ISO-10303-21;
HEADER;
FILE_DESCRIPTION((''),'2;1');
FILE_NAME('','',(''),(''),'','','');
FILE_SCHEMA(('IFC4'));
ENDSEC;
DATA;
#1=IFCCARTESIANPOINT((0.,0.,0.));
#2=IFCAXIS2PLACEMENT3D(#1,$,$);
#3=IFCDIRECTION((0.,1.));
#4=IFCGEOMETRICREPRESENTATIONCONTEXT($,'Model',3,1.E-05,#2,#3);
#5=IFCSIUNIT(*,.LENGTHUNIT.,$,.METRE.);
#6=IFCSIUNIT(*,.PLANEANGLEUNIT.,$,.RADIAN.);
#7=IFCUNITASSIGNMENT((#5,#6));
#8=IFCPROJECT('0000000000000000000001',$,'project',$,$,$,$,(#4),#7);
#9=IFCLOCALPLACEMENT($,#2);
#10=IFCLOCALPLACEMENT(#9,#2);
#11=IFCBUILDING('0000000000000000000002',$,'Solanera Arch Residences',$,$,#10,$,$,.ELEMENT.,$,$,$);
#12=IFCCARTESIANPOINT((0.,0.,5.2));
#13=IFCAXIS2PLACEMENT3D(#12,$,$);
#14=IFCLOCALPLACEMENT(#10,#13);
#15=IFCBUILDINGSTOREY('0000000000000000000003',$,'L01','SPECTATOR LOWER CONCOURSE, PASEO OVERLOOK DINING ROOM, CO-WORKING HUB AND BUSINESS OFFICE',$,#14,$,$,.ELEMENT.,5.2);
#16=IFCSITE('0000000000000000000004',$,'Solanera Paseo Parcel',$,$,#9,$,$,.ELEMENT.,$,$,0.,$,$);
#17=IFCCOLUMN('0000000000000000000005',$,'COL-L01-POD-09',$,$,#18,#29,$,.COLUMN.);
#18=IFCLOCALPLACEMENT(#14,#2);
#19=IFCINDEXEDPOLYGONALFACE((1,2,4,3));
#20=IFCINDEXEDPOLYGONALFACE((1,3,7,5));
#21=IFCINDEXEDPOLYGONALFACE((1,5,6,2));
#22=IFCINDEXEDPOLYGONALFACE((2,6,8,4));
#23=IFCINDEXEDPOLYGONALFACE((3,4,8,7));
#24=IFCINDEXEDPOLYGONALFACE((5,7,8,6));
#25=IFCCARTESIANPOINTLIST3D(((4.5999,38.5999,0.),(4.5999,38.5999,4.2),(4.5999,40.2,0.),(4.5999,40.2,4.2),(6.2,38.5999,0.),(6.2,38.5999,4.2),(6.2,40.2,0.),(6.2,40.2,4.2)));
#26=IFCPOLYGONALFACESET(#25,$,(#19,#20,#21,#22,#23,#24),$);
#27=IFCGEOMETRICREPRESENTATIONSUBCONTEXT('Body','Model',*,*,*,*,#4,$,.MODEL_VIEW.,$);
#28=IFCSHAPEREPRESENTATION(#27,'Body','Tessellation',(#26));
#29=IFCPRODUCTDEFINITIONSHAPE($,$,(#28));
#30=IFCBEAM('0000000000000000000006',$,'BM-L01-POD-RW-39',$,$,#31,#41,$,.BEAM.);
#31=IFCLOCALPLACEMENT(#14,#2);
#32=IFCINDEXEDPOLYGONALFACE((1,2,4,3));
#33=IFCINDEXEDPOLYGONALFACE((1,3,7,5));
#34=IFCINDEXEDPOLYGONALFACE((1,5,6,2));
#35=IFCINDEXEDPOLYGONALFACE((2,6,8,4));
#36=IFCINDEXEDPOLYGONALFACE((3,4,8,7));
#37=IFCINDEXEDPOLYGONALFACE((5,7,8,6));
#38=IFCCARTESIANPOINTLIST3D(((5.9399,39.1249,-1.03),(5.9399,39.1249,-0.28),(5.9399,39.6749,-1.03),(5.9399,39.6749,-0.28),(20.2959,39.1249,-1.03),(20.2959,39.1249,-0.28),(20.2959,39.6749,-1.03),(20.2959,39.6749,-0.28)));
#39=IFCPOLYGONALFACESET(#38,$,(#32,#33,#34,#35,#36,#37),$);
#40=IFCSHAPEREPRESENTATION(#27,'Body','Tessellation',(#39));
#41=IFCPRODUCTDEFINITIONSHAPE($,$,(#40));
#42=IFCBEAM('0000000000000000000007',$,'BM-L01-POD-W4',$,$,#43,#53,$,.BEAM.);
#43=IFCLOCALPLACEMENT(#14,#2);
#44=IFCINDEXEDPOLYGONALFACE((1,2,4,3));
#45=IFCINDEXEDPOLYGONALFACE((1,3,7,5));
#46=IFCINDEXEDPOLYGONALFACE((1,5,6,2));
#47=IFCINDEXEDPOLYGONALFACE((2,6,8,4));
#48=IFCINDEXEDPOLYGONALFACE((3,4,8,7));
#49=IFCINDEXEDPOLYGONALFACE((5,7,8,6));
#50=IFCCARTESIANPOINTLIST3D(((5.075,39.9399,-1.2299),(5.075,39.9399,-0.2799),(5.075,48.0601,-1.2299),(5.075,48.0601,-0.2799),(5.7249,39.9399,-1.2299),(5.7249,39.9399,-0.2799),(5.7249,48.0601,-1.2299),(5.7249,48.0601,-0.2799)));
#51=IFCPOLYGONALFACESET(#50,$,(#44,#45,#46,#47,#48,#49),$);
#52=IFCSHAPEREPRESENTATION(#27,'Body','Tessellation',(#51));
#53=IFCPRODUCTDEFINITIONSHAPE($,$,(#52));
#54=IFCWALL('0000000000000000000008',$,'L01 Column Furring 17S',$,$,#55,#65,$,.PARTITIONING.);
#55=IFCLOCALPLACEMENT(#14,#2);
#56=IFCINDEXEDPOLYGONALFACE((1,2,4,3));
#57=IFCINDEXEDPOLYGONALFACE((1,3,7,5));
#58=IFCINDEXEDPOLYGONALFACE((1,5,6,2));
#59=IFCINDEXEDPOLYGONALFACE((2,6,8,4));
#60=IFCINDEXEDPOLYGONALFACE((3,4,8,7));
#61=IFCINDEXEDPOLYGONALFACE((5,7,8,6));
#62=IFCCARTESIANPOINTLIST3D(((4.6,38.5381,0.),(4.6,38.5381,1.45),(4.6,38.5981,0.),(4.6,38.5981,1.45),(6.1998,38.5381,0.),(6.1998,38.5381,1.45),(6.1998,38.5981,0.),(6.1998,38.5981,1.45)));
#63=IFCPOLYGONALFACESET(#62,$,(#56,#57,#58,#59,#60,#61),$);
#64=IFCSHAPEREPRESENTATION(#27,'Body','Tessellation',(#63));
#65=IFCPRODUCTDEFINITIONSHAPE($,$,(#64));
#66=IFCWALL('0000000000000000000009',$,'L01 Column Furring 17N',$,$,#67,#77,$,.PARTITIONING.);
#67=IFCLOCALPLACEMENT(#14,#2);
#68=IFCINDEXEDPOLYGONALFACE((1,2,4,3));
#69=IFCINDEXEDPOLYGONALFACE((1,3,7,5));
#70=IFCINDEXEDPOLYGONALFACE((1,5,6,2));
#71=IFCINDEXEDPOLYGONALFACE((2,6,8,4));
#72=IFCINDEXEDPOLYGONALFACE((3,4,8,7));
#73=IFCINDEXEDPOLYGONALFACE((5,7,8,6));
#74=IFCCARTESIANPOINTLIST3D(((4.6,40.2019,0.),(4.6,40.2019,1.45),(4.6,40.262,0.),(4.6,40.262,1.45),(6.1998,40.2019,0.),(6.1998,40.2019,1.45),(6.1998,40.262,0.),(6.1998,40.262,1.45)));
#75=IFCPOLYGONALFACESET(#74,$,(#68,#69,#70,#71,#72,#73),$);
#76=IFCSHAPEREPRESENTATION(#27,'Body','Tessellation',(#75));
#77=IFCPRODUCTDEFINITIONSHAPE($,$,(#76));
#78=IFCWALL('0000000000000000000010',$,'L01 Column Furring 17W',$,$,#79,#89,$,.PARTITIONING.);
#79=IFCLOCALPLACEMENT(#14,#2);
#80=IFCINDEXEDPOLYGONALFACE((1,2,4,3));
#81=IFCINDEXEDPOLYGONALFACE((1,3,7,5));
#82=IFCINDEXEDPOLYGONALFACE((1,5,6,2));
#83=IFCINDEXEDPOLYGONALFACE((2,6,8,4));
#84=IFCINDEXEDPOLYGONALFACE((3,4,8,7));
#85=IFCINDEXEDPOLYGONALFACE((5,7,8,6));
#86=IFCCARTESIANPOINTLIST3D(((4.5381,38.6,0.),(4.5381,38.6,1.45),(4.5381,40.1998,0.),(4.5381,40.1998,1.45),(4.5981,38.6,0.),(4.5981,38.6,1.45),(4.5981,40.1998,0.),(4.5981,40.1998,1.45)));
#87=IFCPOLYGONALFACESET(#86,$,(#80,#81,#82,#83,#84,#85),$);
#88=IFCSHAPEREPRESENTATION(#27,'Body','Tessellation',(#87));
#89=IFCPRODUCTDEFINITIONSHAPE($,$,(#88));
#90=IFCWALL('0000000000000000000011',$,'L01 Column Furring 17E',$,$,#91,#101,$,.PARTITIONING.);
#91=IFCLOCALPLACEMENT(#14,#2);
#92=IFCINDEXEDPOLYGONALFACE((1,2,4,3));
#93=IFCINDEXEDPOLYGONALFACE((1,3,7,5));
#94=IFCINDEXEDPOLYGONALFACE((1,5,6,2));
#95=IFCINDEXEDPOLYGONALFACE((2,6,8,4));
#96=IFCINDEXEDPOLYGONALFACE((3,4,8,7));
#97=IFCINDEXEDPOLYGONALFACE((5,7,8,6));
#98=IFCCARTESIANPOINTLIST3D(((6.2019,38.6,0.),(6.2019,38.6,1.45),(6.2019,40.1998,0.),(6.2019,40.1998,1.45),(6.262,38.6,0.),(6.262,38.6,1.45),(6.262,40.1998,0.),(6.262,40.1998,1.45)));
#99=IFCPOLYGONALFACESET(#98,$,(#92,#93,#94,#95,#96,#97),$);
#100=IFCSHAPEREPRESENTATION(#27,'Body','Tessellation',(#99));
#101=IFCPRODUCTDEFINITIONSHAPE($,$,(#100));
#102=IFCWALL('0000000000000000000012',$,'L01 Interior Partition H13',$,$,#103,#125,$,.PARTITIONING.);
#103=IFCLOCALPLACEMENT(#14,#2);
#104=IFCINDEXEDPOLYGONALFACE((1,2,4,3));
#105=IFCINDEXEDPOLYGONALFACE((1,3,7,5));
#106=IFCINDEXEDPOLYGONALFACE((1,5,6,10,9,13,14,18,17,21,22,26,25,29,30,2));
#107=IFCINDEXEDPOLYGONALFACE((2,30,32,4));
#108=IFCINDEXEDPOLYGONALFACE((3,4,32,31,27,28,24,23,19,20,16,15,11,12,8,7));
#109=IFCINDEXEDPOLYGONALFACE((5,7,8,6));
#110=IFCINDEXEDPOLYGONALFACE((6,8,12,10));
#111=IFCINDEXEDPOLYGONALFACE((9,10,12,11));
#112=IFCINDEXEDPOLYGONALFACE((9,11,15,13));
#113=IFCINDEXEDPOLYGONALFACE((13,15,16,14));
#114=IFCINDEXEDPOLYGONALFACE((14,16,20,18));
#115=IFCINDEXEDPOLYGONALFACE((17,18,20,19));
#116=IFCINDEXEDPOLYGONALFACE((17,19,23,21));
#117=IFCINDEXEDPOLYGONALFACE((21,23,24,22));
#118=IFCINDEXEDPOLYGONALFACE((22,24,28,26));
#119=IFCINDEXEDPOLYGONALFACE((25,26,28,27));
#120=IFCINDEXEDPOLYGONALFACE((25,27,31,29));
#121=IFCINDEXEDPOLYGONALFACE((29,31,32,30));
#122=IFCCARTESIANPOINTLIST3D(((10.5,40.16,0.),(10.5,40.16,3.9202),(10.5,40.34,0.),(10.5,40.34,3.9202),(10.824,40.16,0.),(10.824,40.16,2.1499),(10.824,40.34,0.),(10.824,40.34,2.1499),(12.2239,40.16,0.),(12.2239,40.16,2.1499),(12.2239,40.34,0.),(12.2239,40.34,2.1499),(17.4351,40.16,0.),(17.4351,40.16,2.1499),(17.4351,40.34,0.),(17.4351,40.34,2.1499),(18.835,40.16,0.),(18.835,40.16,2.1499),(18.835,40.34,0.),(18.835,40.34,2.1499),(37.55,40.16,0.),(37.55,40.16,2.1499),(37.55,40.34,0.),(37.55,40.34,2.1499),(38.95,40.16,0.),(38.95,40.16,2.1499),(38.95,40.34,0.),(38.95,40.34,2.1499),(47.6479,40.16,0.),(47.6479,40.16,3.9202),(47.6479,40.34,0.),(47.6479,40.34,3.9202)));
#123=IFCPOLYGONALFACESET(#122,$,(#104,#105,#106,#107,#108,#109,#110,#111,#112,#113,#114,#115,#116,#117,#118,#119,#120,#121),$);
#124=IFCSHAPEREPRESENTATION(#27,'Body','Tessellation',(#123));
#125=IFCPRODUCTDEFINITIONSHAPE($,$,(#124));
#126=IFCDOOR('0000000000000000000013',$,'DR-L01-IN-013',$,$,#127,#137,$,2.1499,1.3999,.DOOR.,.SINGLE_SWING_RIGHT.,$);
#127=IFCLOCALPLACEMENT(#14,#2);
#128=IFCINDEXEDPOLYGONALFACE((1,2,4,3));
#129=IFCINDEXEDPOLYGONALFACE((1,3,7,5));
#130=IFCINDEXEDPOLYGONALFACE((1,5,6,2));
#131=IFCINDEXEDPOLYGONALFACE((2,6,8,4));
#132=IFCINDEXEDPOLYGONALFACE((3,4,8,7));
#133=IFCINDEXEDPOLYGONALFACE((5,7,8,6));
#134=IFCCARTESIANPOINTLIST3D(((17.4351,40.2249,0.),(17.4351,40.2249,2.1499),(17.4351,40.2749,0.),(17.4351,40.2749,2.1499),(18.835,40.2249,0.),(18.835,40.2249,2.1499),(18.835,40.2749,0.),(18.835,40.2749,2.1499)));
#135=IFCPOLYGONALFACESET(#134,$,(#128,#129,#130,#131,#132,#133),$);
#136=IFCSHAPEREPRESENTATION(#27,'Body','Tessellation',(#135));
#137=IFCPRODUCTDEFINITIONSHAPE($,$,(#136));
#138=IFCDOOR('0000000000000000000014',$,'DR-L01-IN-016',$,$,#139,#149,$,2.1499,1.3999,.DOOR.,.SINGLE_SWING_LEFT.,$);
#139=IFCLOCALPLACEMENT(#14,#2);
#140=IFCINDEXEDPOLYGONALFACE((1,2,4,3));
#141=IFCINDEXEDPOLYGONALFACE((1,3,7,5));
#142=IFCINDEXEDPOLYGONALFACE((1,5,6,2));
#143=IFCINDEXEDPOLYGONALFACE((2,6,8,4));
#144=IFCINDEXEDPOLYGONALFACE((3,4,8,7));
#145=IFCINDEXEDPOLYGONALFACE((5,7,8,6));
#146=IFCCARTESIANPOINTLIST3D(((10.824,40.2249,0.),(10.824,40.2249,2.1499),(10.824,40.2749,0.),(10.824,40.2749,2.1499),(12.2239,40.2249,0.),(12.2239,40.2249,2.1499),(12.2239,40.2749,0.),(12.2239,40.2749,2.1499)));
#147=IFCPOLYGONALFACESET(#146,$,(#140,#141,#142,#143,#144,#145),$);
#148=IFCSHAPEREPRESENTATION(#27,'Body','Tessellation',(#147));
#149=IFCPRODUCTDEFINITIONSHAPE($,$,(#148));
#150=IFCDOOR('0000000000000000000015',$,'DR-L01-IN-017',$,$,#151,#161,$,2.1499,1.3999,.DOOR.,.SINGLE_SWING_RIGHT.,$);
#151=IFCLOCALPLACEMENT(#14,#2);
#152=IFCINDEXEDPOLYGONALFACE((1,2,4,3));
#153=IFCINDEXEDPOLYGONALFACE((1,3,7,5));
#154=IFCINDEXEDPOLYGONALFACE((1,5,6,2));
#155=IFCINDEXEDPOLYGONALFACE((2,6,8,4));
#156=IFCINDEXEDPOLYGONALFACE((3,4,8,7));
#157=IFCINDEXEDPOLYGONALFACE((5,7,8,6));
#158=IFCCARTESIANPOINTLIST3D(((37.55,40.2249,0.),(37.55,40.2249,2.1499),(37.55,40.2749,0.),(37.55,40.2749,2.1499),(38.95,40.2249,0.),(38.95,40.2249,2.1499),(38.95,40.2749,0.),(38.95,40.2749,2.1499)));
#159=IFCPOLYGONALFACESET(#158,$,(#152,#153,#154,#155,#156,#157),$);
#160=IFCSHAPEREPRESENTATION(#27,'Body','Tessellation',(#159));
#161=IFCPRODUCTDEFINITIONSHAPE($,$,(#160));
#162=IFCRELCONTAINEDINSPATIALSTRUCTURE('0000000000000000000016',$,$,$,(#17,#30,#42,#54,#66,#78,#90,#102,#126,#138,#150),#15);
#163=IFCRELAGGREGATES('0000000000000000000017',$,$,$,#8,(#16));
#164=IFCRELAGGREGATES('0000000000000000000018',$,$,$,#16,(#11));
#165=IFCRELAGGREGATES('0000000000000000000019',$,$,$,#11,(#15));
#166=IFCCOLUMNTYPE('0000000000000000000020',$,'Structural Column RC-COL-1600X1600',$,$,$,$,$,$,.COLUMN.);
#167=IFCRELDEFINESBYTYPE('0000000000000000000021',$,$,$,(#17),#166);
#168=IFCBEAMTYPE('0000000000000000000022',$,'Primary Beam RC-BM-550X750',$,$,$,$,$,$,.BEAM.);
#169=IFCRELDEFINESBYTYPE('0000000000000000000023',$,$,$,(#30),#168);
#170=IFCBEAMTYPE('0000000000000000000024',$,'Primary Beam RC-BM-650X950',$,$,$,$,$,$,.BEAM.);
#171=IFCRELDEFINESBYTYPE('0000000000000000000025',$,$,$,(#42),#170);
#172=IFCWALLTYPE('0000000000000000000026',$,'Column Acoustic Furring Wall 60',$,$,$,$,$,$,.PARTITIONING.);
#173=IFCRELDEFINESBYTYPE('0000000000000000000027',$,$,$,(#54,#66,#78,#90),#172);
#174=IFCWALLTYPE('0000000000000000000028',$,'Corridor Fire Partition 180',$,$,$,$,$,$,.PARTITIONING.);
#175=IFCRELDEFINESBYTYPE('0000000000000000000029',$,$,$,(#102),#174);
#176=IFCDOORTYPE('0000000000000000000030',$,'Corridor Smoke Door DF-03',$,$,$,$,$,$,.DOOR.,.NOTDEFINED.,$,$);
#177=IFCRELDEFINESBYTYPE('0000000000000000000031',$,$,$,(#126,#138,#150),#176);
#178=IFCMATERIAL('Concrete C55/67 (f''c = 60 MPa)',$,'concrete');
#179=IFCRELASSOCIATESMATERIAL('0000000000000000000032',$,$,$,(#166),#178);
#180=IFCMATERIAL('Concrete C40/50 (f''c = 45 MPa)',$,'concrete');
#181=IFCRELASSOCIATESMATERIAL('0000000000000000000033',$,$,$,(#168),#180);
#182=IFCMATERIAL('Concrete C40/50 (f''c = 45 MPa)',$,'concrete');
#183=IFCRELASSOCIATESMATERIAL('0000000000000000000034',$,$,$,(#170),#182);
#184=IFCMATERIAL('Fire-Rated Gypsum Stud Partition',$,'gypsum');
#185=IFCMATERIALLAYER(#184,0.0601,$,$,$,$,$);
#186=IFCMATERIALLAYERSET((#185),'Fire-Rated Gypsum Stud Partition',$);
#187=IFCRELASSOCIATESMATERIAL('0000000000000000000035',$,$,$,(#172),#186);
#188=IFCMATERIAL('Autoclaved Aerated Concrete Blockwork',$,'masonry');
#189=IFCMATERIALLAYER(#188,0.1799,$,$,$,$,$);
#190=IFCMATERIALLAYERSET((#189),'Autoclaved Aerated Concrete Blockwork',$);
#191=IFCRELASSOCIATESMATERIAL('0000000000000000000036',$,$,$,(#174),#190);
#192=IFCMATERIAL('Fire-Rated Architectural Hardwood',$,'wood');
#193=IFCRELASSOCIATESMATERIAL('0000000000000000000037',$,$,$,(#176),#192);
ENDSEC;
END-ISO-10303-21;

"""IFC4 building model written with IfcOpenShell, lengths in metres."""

from ifc_helpers import new_model, si_unit, direction, frame, frame_2d, origin, origin_2d, place, context, subcontext, project, spatial, rectangle, extrude, material, layer, layer_set, material_profile, profile_set, type_object, element, fill, save


model = new_model("IFC4")

# Units and contexts
model_context = context("Model", 3, precision=1e-05, world=origin(), true_north=direction((0.0, 1.0)))
body_context = subcontext(model_context, "Body", "Model", "MODEL_VIEW")
ifc_project = project(units=[si_unit("LENGTHUNIT", "METRE"), si_unit("PLANEANGLEUNIT", "RADIAN")], contexts=[model_context])

# Site, building, storey
site_placement = place(None, origin())
site = spatial("IfcSite", under=ifc_project, at=site_placement, Name="Solanera Paseo Parcel", CompositionType="ELEMENT", RefElevation=0.0)
building_placement = place(site_placement, origin())
building = spatial("IfcBuilding", under=site, at=building_placement, Name="Solanera Arch Residences", CompositionType="ELEMENT")
storey_placement = place(building_placement, frame((0.0, 0.0, 5.2)))
storey = spatial("IfcBuildingStorey", under=building, at=storey_placement, Name="L01", Description="SPECTATOR LOWER CONCOURSE, PASEO OVERLOOK DINING ROOM, CO-WORKING HUB AND BUSINESS OFFICE", CompositionType="ELEMENT", Elevation=5.2)

# Column
ifc_material_1 = material(Name="Concrete C55/67 (f'c = 60 MPa)", Category="concrete")
ifc_material_profile_1 = material_profile(ifc_material_1, rectangle(XDim=1.6001, YDim=1.6001, at=origin_2d()))
ifc_profile_set_1 = profile_set([ifc_material_profile_1], Name="Concrete C55/67 (f'c = 60 MPa)")
column_type = type_object("IfcColumnType", Name="Structural Column RC-COL-1600X1600", PredefinedType="COLUMN", material=ifc_profile_set_1)
column_placement = place(storey_placement, frame((5.3999, 39.3999, 0.0), z_axis=(0.0, 0.0, 1.0), x_axis=(1.0, 0.0, 0.0)))
element("IfcColumn", 1, at=column_placement, inside=storey, type_object=column_type, Name="COL-L01-POD-09", PredefinedType="COLUMN", context=body_context, shape_type="SweptSolid", body=[
    extrude(rectangle(XDim=1.6001, YDim=1.6001, at=origin_2d()), origin(), (0.0, 0.0, 1.0), 4.2),
])

# Beams
ifc_material_2 = material(Name="Concrete C40/50 (f'c = 45 MPa)", Category="concrete")
ifc_material_profile_2 = material_profile(ifc_material_2, rectangle(XDim=0.55, YDim=0.75, at=origin_2d()))
ifc_profile_set_2 = profile_set([ifc_material_profile_2], Name="Concrete C40/50 (f'c = 45 MPa)")
beam_type_1 = type_object("IfcBeamType", Name="Primary Beam RC-BM-550X750", PredefinedType="BEAM", material=ifc_profile_set_2)
beam_1_placement = place(storey_placement, frame((5.9399, 39.3999, -0.655), z_axis=(1.0, 0.0, 0.0), x_axis=(0.0, 1.0, 0.0)))
element("IfcBeam", 2, at=beam_1_placement, inside=storey, type_object=beam_type_1, Name="BM-L01-POD-RW-39", PredefinedType="BEAM", context=body_context, shape_type="SweptSolid", body=[
    extrude(rectangle(XDim=0.55, YDim=0.75, at=origin_2d()), origin(), (0.0, 0.0, 1.0), 14.356),
])
ifc_material_3 = material(Name="Concrete C40/50 (f'c = 45 MPa)", Category="concrete")
ifc_material_profile_3 = material_profile(ifc_material_3, rectangle(XDim=0.6499, YDim=0.95, at=origin_2d()))
ifc_profile_set_3 = profile_set([ifc_material_profile_3], Name="Concrete C40/50 (f'c = 45 MPa)")
beam_type_2 = type_object("IfcBeamType", Name="Primary Beam RC-BM-650X950", PredefinedType="BEAM", material=ifc_profile_set_3)
beam_2_placement = place(storey_placement, frame((5.3999, 39.9399, -0.7549), z_axis=(0.0, 1.0, 0.0), x_axis=(-1.0, 0.0, 0.0)))
element("IfcBeam", 3, at=beam_2_placement, inside=storey, type_object=beam_type_2, Name="BM-L01-POD-W4", PredefinedType="BEAM", context=body_context, shape_type="SweptSolid", body=[
    extrude(rectangle(XDim=0.6499, YDim=0.95, at=origin_2d()), origin(), (0.0, 0.0, 1.0), 8.1201),
])

# Walls
ifc_material_4 = material(Name="Fire-Rated Gypsum Stud Partition", Category="gypsum")
ifc_layer_1 = layer(ifc_material_4, 0.0601)
ifc_layer_set_1 = layer_set([ifc_layer_1], Name="Fire-Rated Gypsum Stud Partition")
wall_type_1 = type_object("IfcWallType", Name="Column Acoustic Furring Wall 60", PredefinedType="PARTITIONING", material=ifc_layer_set_1)
for number, where, z_axis, x_axis, name in (
    (4, (4.6001, 38.5681, 0.0), (0.0, 0.0, 1.0), (1.0, 0.0, 0.0), "L01 Column Furring 17S"),
    (5, (4.6001, 40.2319, 0.0), (0.0, 0.0, 1.0), (1.0, 0.0, 0.0), "L01 Column Furring 17N"),
    (6, (4.5681, 38.6001, 0.0), (0.0, 0.0, 1.0), (0.0, 1.0, 0.0), "L01 Column Furring 17W"),
    (7, (6.2319, 38.6001, 0.0), (0.0, 0.0, 1.0), (0.0, 1.0, 0.0), "L01 Column Furring 17E"),
):
    element("IfcWall", number, at=place(storey_placement, frame(where, z_axis=z_axis, x_axis=x_axis)), inside=storey, type_object=wall_type_1, Name=name, PredefinedType="PARTITIONING", context=body_context, shape_type="SweptSolid", body=[
        extrude(rectangle(XDim=1.5999, YDim=0.0601, at=frame_2d((0.7998, 0.0))), origin(), (0.0, 0.0, 1.0), 1.45),
    ])

# Wall, openings, doors
ifc_material_5 = material(Name="Autoclaved Aerated Concrete Blockwork", Category="masonry")
ifc_layer_2 = layer(ifc_material_5, 0.1799)
ifc_layer_set_2 = layer_set([ifc_layer_2], Name="Autoclaved Aerated Concrete Blockwork")
wall_type_2 = type_object("IfcWallType", Name="Corridor Fire Partition 180", PredefinedType="PARTITIONING", material=ifc_layer_set_2)
wall_1_placement = place(storey_placement, frame((10.5, 40.25, 0.0), z_axis=(0.0, 0.0, 1.0), x_axis=(1.0, 0.0, 0.0)))
wall_1 = element("IfcWall", 8, at=wall_1_placement, inside=storey, type_object=wall_type_2, Name="L01 Interior Partition H13", PredefinedType="PARTITIONING", context=body_context, shape_type="SweptSolid", body=[
    extrude(rectangle(XDim=37.1479, YDim=0.1799, at=frame_2d((18.574, 0.0))), origin(), (0.0, 0.0, 1.0), 3.9202),
])
opening_1_placement = place(wall_1_placement, frame((6.9351, 0.0, 0.0)))
opening_1 = element("IfcOpeningElement", 9, at=opening_1_placement, cuts=wall_1, PredefinedType="OPENING", context=body_context, shape_type="SweptSolid", body=[
    extrude(rectangle(XDim=1.3999, YDim=2.1499, at=frame_2d((0.7, 1.075))), frame((0.0, 0.1001, 0.0), z_axis=(0.0, -1.0, 0.0), x_axis=(1.0, 0.0, 0.0)), (0.0, 0.0, 1.0), 0.1999),
])
opening_2_placement = place(wall_1_placement, frame((0.324, 0.0, 0.0)))
opening_2 = element("IfcOpeningElement", 10, at=opening_2_placement, cuts=wall_1, PredefinedType="OPENING", context=body_context, shape_type="SweptSolid", body=[
    extrude(rectangle(XDim=1.3999, YDim=2.1499, at=frame_2d((0.7, 1.075))), frame((0.0, 0.1001, 0.0), z_axis=(0.0, -1.0, 0.0), x_axis=(1.0, 0.0, 0.0)), (0.0, 0.0, 1.0), 0.1999),
])
opening_3_placement = place(wall_1_placement, frame((27.05, 0.0, 0.0)))
opening_3 = element("IfcOpeningElement", 11, at=opening_3_placement, cuts=wall_1, PredefinedType="OPENING", context=body_context, shape_type="SweptSolid", body=[
    extrude(rectangle(XDim=1.3999, YDim=2.1499, at=frame_2d((0.7, 1.075))), frame((0.0, 0.1001, 0.0), z_axis=(0.0, -1.0, 0.0), x_axis=(1.0, 0.0, 0.0)), (0.0, 0.0, 1.0), 0.1999),
])
ifc_material_6 = material(Name="Fire-Rated Architectural Hardwood", Category="wood")
door_type_1 = type_object("IfcDoorType", Name="Corridor Smoke Door DF-03", OperationType="NOTDEFINED", PredefinedType="DOOR", material=ifc_material_6)
door_1_placement = place(opening_1_placement, origin())
door_1 = element("IfcDoor", 12, at=door_1_placement, inside=storey, type_object=door_type_1, Name="DR-L01-IN-013", OperationType="SINGLE_SWING_RIGHT", OverallHeight=2.1499, OverallWidth=1.3999, PredefinedType="DOOR", context=body_context, shape_type="SweptSolid", body=[
    extrude(rectangle(XDim=1.3999, YDim=2.1499, at=frame_2d((0.7, 1.075))), frame((0.0, 0.0249, 0.0), z_axis=(0.0, -1.0, 0.0), x_axis=(1.0, 0.0, 0.0)), (0.0, 0.0, 1.0), 0.05),
])
fill(opening_1, door_1)
door_2_placement = place(opening_2_placement, origin())
door_2 = element("IfcDoor", 13, at=door_2_placement, inside=storey, type_object=door_type_1, Name="DR-L01-IN-016", OperationType="SINGLE_SWING_LEFT", OverallHeight=2.1499, OverallWidth=1.3999, PredefinedType="DOOR", context=body_context, shape_type="SweptSolid", body=[
    extrude(rectangle(XDim=1.3999, YDim=2.1499, at=frame_2d((0.7, 1.075))), frame((0.0, 0.0249, 0.0), z_axis=(0.0, -1.0, 0.0), x_axis=(1.0, 0.0, 0.0)), (0.0, 0.0, 1.0), 0.05),
])
fill(opening_2, door_2)
door_3_placement = place(opening_3_placement, origin())
door_3 = element("IfcDoor", 14, at=door_3_placement, inside=storey, type_object=door_type_1, Name="DR-L01-IN-017", OperationType="SINGLE_SWING_RIGHT", OverallHeight=2.1499, OverallWidth=1.3999, PredefinedType="DOOR", context=body_context, shape_type="SweptSolid", body=[
    extrude(rectangle(XDim=1.3999, YDim=2.1499, at=frame_2d((0.7, 1.075))), frame((0.0, 0.0249, 0.0), z_axis=(0.0, -1.0, 0.0), x_axis=(1.0, 0.0, 0.0)), (0.0, 0.0, 1.0), 0.05),
])
fill(opening_3, door_3)

save(model, "model.ifc")
